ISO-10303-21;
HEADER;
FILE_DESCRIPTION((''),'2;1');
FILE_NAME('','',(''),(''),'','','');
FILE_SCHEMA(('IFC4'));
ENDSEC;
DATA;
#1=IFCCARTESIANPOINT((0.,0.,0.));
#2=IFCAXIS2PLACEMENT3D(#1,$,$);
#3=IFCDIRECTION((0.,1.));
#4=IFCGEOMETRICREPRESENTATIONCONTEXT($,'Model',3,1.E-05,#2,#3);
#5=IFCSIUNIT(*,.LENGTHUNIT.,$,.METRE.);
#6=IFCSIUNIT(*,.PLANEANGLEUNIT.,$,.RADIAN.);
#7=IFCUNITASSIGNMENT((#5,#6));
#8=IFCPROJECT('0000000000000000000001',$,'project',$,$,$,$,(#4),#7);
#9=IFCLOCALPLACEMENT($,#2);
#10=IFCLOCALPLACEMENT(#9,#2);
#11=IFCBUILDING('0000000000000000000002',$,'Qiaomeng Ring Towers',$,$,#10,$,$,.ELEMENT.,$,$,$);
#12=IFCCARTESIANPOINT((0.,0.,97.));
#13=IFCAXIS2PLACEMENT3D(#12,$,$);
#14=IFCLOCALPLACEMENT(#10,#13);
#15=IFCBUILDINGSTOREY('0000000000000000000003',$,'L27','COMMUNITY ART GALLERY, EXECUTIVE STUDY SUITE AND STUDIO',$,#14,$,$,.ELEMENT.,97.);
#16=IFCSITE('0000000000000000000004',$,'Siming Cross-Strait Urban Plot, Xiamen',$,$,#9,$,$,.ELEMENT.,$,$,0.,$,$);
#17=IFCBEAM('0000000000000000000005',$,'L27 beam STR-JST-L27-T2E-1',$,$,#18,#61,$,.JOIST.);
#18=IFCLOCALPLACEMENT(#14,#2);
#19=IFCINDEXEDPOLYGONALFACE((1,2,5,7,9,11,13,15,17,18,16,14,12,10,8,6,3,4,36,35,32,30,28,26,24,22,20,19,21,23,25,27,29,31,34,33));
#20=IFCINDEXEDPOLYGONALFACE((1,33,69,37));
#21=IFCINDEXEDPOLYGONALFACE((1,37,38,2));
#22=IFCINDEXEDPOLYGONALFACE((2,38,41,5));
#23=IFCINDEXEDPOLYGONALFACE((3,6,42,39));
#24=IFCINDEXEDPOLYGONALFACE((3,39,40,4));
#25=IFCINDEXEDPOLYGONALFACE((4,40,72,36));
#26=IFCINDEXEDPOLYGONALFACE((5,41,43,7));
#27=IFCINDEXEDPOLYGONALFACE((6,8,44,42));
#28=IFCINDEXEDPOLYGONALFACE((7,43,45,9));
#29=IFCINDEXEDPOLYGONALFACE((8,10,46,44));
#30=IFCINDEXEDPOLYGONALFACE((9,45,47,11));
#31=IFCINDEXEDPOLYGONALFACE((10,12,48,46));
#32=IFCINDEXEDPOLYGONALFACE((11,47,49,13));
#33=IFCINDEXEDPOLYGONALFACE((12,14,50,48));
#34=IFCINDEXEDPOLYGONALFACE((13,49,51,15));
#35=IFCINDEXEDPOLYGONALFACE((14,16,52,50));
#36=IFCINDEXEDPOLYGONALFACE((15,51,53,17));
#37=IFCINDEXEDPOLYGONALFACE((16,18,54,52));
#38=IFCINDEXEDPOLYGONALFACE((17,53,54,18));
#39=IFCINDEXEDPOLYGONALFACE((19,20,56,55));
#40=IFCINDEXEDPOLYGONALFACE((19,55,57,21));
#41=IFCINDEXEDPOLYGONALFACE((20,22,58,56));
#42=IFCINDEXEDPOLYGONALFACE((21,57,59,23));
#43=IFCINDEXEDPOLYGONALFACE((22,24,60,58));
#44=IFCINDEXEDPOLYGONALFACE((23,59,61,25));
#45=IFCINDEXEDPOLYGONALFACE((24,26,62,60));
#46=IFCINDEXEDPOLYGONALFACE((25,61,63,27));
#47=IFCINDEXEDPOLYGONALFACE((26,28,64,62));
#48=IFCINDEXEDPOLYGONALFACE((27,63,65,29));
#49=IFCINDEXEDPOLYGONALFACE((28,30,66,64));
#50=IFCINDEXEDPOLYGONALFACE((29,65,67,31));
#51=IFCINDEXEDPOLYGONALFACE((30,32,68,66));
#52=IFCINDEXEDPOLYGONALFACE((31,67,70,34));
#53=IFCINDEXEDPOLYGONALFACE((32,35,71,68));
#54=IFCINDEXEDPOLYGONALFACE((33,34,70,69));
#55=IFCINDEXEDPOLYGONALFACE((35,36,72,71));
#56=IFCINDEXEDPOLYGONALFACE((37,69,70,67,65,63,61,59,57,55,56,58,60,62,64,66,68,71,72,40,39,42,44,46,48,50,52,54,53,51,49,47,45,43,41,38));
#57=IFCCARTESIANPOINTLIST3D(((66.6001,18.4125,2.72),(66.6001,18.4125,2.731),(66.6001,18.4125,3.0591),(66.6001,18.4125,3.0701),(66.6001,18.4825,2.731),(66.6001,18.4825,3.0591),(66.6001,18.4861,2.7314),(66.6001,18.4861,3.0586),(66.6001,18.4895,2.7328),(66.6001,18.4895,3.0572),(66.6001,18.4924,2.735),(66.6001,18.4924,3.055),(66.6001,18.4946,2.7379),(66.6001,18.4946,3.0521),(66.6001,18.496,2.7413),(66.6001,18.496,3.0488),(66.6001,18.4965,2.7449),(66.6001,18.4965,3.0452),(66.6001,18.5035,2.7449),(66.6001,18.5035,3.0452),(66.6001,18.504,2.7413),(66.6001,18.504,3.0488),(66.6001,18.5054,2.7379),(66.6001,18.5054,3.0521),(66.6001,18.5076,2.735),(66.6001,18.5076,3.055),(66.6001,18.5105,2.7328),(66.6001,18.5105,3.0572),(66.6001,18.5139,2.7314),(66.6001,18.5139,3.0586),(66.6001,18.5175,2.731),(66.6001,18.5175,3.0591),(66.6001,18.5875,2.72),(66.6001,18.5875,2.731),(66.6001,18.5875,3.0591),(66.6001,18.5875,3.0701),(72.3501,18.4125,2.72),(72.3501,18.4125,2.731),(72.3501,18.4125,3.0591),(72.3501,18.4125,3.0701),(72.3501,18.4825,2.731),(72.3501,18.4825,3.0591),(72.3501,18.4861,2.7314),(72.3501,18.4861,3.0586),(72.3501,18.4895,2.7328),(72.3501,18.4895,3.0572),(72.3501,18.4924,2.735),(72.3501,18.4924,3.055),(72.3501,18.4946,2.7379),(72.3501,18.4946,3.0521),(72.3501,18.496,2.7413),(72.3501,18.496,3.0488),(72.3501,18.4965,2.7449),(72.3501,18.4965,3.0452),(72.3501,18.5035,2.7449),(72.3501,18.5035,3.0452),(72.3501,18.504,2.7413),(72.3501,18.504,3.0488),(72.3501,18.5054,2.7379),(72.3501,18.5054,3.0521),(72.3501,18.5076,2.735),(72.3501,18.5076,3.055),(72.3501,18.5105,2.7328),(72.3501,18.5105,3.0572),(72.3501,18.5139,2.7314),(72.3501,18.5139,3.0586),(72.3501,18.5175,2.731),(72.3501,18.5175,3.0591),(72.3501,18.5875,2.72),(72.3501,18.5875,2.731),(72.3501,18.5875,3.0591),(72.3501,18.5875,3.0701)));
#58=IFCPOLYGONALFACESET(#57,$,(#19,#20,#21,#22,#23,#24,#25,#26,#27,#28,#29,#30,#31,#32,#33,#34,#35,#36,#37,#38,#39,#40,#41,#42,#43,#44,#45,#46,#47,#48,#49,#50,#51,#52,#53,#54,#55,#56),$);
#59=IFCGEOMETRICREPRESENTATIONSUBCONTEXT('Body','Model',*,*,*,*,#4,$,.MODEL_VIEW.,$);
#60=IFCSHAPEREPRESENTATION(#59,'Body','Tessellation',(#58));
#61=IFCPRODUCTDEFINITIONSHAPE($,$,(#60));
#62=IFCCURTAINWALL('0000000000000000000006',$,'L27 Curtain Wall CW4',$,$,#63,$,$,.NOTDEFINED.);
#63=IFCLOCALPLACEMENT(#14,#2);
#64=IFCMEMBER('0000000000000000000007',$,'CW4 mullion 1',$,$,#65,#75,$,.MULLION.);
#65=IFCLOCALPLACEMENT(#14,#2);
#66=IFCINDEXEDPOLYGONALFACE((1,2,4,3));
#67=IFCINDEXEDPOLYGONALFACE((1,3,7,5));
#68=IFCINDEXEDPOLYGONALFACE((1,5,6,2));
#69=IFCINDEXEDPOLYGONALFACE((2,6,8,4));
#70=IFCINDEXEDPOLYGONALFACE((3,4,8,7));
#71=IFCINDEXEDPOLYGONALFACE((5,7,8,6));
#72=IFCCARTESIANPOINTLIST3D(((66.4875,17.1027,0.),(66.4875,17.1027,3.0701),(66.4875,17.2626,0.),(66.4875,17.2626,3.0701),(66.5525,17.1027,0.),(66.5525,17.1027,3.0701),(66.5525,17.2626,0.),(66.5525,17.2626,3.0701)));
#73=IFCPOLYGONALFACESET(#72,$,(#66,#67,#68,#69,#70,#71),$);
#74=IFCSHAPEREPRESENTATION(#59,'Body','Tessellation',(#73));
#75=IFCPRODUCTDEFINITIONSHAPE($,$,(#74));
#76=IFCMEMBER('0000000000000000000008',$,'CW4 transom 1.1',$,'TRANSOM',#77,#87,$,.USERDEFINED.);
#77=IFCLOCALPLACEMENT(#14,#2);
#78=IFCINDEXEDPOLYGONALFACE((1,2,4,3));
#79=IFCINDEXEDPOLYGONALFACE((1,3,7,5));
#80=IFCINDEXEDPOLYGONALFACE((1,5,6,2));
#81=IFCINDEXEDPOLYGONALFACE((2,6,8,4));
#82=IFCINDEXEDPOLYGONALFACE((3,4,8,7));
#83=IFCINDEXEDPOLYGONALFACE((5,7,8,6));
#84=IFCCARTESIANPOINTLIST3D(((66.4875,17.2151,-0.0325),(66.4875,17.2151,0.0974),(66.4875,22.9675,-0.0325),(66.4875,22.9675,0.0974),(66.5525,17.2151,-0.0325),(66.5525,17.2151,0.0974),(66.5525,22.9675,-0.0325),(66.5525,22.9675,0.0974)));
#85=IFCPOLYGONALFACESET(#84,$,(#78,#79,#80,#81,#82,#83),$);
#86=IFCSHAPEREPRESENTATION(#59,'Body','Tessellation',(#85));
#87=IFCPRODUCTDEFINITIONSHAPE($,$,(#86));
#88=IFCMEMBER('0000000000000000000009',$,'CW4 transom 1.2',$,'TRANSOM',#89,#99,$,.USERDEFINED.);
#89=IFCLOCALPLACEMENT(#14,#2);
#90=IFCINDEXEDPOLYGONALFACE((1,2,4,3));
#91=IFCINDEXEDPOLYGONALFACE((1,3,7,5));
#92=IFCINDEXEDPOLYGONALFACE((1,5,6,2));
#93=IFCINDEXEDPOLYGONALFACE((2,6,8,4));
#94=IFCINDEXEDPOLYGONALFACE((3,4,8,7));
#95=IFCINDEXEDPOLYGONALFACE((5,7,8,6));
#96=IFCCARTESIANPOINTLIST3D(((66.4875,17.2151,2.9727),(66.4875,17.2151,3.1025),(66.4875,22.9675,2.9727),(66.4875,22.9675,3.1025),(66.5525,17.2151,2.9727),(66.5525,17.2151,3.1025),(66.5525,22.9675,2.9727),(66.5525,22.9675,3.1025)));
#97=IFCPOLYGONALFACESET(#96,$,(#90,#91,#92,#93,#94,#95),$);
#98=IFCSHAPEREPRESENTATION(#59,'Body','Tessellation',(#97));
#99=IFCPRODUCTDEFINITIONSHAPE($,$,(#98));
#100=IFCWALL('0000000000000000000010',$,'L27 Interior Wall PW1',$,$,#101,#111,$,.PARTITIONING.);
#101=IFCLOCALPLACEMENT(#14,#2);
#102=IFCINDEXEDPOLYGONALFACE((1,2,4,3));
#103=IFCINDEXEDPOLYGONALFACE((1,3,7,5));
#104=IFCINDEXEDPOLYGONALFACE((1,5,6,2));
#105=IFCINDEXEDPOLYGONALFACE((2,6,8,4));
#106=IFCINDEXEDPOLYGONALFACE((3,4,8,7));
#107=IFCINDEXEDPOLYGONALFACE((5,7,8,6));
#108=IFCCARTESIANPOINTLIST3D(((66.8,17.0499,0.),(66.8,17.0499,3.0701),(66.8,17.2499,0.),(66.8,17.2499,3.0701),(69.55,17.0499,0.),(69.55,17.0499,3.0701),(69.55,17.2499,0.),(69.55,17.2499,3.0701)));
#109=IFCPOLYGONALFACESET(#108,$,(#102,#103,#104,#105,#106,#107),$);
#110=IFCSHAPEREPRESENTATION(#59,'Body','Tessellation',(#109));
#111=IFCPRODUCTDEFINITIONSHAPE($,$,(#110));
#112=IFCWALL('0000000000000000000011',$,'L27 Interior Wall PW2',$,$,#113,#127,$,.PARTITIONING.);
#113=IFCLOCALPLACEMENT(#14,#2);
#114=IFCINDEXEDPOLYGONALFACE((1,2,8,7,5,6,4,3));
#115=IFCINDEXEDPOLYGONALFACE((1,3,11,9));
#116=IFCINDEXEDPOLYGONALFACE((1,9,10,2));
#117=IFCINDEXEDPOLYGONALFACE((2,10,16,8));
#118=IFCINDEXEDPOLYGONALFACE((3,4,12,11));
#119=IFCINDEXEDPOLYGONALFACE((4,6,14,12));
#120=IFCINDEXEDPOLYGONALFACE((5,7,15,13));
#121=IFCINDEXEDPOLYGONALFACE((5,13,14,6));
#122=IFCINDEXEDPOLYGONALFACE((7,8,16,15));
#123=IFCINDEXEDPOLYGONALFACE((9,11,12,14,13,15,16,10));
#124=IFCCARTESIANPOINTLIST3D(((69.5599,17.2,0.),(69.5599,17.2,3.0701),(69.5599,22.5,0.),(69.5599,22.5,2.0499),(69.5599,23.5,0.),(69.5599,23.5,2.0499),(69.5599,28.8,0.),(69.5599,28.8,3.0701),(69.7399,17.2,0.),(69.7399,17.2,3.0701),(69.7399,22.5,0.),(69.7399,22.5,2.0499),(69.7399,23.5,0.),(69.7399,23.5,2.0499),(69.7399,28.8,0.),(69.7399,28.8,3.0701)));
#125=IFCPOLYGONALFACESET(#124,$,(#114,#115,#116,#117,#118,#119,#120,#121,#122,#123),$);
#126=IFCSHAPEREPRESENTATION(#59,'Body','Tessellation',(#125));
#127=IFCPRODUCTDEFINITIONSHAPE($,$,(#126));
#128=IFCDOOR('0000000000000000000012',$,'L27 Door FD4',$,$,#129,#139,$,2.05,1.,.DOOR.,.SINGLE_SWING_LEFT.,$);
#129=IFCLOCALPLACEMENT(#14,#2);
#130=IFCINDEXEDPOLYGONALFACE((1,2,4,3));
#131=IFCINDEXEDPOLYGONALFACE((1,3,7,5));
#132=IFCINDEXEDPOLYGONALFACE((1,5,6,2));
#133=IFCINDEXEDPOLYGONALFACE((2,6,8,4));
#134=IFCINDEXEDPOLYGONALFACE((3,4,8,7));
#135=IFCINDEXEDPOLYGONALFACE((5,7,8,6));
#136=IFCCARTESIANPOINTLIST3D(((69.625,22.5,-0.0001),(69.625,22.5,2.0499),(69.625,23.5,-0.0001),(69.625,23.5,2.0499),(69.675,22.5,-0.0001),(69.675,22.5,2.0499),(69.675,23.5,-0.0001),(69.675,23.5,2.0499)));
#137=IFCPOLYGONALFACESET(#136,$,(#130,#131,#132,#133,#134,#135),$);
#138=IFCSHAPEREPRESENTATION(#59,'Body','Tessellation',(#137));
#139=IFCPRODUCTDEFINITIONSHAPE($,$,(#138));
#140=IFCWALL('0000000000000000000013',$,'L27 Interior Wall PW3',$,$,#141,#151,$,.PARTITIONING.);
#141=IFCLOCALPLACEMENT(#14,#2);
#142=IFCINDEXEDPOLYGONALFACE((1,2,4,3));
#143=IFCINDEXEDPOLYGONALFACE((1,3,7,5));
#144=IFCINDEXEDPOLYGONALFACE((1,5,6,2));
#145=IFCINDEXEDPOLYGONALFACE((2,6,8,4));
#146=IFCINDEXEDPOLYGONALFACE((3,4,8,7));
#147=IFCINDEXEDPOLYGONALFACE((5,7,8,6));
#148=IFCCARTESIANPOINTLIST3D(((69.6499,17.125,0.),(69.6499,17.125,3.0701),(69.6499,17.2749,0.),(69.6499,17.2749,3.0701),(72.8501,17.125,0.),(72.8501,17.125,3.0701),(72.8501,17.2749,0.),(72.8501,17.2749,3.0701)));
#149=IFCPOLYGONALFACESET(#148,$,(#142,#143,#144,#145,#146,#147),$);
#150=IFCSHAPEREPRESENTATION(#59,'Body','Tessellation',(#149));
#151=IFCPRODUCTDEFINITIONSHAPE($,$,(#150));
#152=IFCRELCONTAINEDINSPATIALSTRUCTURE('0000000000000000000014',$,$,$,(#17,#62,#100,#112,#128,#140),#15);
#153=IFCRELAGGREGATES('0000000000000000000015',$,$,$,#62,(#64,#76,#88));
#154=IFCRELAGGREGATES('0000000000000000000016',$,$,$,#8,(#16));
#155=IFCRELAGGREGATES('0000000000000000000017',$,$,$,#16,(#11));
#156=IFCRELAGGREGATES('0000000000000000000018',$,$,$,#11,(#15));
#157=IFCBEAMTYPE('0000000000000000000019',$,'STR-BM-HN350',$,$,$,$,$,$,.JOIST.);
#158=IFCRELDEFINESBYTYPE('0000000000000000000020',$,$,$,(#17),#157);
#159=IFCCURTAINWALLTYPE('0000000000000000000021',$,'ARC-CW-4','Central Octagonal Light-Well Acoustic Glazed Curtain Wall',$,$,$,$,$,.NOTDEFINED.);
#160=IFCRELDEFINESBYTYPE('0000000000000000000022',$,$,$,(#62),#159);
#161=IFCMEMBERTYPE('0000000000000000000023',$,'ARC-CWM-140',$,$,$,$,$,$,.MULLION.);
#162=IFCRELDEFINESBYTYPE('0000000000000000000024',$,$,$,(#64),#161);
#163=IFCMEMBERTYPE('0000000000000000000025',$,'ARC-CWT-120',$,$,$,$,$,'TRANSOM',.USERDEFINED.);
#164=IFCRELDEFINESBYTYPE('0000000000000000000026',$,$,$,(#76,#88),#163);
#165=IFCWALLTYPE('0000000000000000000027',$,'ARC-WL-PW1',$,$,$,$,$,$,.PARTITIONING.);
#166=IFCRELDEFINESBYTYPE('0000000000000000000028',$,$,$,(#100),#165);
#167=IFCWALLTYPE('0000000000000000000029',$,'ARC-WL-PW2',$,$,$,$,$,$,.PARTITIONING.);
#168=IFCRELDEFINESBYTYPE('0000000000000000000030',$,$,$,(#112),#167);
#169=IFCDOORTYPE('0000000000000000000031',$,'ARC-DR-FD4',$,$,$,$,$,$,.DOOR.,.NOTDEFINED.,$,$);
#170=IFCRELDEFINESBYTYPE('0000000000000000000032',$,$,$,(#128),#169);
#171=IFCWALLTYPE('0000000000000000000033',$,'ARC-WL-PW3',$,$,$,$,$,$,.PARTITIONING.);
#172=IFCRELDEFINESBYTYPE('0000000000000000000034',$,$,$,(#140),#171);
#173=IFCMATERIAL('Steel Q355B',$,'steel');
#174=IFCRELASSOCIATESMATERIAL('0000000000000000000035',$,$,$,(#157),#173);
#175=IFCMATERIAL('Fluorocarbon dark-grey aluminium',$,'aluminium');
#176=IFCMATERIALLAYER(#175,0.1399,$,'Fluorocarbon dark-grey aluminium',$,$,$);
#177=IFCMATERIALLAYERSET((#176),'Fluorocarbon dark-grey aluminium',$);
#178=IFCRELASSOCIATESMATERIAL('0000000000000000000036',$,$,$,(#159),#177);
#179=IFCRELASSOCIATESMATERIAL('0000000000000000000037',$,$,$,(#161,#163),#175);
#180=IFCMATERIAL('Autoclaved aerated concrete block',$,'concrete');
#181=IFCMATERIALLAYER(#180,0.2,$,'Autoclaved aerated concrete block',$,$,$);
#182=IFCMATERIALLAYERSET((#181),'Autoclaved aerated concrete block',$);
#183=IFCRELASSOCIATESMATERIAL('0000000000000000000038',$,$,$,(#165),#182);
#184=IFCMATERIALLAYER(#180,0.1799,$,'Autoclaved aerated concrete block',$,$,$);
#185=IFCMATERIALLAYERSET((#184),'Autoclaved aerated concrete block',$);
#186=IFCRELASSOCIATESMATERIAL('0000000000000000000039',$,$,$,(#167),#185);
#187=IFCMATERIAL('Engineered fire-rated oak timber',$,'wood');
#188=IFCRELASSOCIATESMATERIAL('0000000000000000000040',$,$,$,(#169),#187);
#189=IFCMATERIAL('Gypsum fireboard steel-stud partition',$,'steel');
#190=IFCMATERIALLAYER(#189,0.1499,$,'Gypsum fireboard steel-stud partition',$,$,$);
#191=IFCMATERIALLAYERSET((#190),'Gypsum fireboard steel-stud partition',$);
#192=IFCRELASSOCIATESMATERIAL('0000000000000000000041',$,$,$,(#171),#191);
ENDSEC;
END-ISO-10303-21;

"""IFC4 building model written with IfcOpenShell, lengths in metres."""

from ifc_helpers import new_model, si_unit, direction, frame, frame_2d, origin, origin_2d, place, context, subcontext, project, spatial, rectangle, i_section, extrude, source, transform, mapped, material, layer, layer_set, material_profile, profile_set, type_object, element, fill, aggregate, save


model = new_model("IFC4")

# Units and contexts
model_context = context("Model", 3, precision=1e-05, world=origin(), true_north=direction((0.0, 1.0)))
body_context = subcontext(model_context, "Body", "Model", "MODEL_VIEW")
ifc_project = project(units=[si_unit("LENGTHUNIT", "METRE"), si_unit("PLANEANGLEUNIT", "RADIAN")], contexts=[model_context])

# Site, building, storey
site_placement = place(None, origin())
site = spatial("IfcSite", under=ifc_project, at=site_placement, Name="Siming Cross-Strait Urban Plot, Xiamen", CompositionType="ELEMENT", RefElevation=0.0)
building_placement = place(site_placement, origin())
building = spatial("IfcBuilding", under=site, at=building_placement, Name="Qiaomeng Ring Towers", CompositionType="ELEMENT")
storey_placement = place(building_placement, frame((0.0, 0.0, 97.0)))
storey = spatial("IfcBuildingStorey", under=building, at=storey_placement, Name="L27", Description="COMMUNITY ART GALLERY, EXECUTIVE STUDY SUITE AND STUDIO", CompositionType="ELEMENT", Elevation=97.0)

# Beam
ifc_material_1 = material(Name="Steel Q355B", Category="steel")
ifc_material_profile_1 = material_profile(ifc_material_1, i_section(OverallWidth=0.175, OverallDepth=0.3501, WebThickness=0.0071, FlangeThickness=0.011, FilletRadius=0.0139, at=origin_2d()), Name="HN 350x175x7x11")
ifc_profile_set_1 = profile_set([ifc_material_profile_1], Name="Steel Q355B")
beam_type_1 = type_object("IfcBeamType", Name="STR-BM-HN350", PredefinedType="JOIST", material=ifc_profile_set_1)
shared_shape_1 = source(origin(), body_context, "Body", "SweptSolid", [
    extrude(i_section(OverallWidth=0.175, OverallDepth=0.3501, WebThickness=0.0071, FlangeThickness=0.011, FilletRadius=0.0139, at=origin_2d()), origin(), (0.0, 0.0, 1.0), 5.75),
])
beam_1_placement = place(storey_placement, frame((66.6001, 18.5, 2.895), z_axis=(1.0, 0.0, 0.0), x_axis=(0.0, 1.0, 0.0)))
element("IfcBeam", 1, at=beam_1_placement, inside=storey, type_object=beam_type_1, Name="L27 beam STR-JST-L27-T2E-1", PredefinedType="JOIST", context=body_context, shape_type="MappedRepresentation", body=[
    mapped(shared_shape_1, transform((0.0, 0.0, 0.0), x_axis=(1.0, 0.0, 0.0), y_axis=(0.0, 1.0, 0.0), z_axis=(0.0, 0.0, 1.0), scale=1.0)),
])

# Curtain wall, members
ifc_material_2 = material(Name="Fluorocarbon dark-grey aluminium", Category="aluminium")
ifc_layer_1 = layer(ifc_material_2, 0.1399, Name="Fluorocarbon dark-grey aluminium")
ifc_layer_set_1 = layer_set([ifc_layer_1], Name="Fluorocarbon dark-grey aluminium")
curtain_wall_type = type_object("IfcCurtainWallType", Name="ARC-CW-4", Description="Central Octagonal Light-Well Acoustic Glazed Curtain Wall", PredefinedType="NOTDEFINED", material=ifc_layer_set_1)
curtain_wall_placement = place(storey_placement, origin())
curtain_wall = element("IfcCurtainWall", 2, at=curtain_wall_placement, inside=storey, type_object=curtain_wall_type, Name="L27 Curtain Wall CW4", PredefinedType="NOTDEFINED")
ifc_material_profile_2 = material_profile(ifc_material_2, rectangle(XDim=0.0649, YDim=0.1599, at=origin_2d()), Name="ALU MULL 65x160")
ifc_profile_set_2 = profile_set([ifc_material_profile_2], Name="Fluorocarbon dark-grey aluminium")
member_type_1 = type_object("IfcMemberType", Name="ARC-CWM-140", PredefinedType="MULLION", material=ifc_profile_set_2)
shared_shape_2 = source(origin(), body_context, "Body", "SweptSolid", [
    extrude(rectangle(XDim=0.0649, YDim=0.1599, at=origin_2d()), origin(), (0.0, 0.0, 1.0), 3.0701),
])
member_1_placement = place(storey_placement, frame((66.52, 17.1826, 0.0), z_axis=(0.0, 0.0, 1.0), x_axis=(-1.0, 0.0, 0.0)))
member_1 = element("IfcMember", 3, at=member_1_placement, type_object=member_type_1, Name="CW4 mullion 1", PredefinedType="MULLION", context=body_context, shape_type="MappedRepresentation", body=[
    mapped(shared_shape_2, transform((0.0, 0.0, 0.0), x_axis=(1.0, 0.0, 0.0), y_axis=(0.0, 1.0, 0.0), z_axis=(0.0, 0.0, 1.0), scale=1.0)),
])
ifc_material_profile_3 = material_profile(ifc_material_2, rectangle(XDim=0.0649, YDim=0.1299, at=origin_2d()), Name="ALU TRAN 65x130")
ifc_profile_set_3 = profile_set([ifc_material_profile_3], Name="Fluorocarbon dark-grey aluminium")
member_type_2 = type_object("IfcMemberType", Name="ARC-CWT-120", ElementType="TRANSOM", PredefinedType="USERDEFINED", material=ifc_profile_set_3)
shared_shape_3 = source(origin(), body_context, "Body", "SweptSolid", [
    extrude(rectangle(XDim=0.0649, YDim=0.1299, at=origin_2d()), origin(), (0.0, 0.0, 1.0), 5.7524),
])
member_2_placement = place(storey_placement, frame((66.52, 17.2151, 0.0325), z_axis=(0.0, 1.0, 0.0), x_axis=(-1.0, 0.0, 0.0)))
member_2 = element("IfcMember", 4, at=member_2_placement, type_object=member_type_2, Name="CW4 transom 1.1", ObjectType="TRANSOM", PredefinedType="USERDEFINED", context=body_context, shape_type="MappedRepresentation", body=[
    mapped(shared_shape_3, transform((0.0, 0.0, 0.0), x_axis=(1.0, 0.0, 0.0), y_axis=(0.0, 1.0, 0.0), z_axis=(0.0, 0.0, 1.0), scale=1.0)),
])
member_3_placement = place(storey_placement, frame((66.52, 17.2151, 3.0376), z_axis=(0.0, 1.0, 0.0), x_axis=(-1.0, 0.0, 0.0)))
member_3 = element("IfcMember", 5, at=member_3_placement, type_object=member_type_2, Name="CW4 transom 1.2", ObjectType="TRANSOM", PredefinedType="USERDEFINED", context=body_context, shape_type="MappedRepresentation", body=[
    mapped(shared_shape_3, transform((0.0, 0.0, 0.0), x_axis=(1.0, 0.0, 0.0), y_axis=(0.0, 1.0, 0.0), z_axis=(0.0, 0.0, 1.0), scale=1.0)),
])
aggregate(curtain_wall, [member_1, member_2, member_3])

# Wall
ifc_material_3 = material(Name="Autoclaved aerated concrete block", Category="concrete")
ifc_layer_2 = layer(ifc_material_3, 0.2, Name="Autoclaved aerated concrete block")
ifc_layer_set_2 = layer_set([ifc_layer_2], Name="Autoclaved aerated concrete block")
wall_type_1 = type_object("IfcWallType", Name="ARC-WL-PW1", PredefinedType="PARTITIONING", material=ifc_layer_set_2)
wall_1_placement = place(storey_placement, frame((66.8, 17.1499, 0.0), z_axis=(0.0, 0.0, 1.0), x_axis=(1.0, 0.0, 0.0)))
element("IfcWall", 6, at=wall_1_placement, inside=storey, type_object=wall_type_1, Name="L27 Interior Wall PW1", PredefinedType="PARTITIONING", context=body_context, shape_type="SweptSolid", body=[
    extrude(rectangle(XDim=2.75, YDim=0.2, at=frame_2d((1.375, 0.0))), origin(), (0.0, 0.0, 1.0), 3.0701),
])

# Wall, opening, door
ifc_layer_3 = layer(ifc_material_3, 0.1799, Name="Autoclaved aerated concrete block")
ifc_layer_set_3 = layer_set([ifc_layer_3], Name="Autoclaved aerated concrete block")
wall_type_2 = type_object("IfcWallType", Name="ARC-WL-PW2", PredefinedType="PARTITIONING", material=ifc_layer_set_3)
wall_2_placement = place(storey_placement, frame((69.6499, 17.2, 0.0), z_axis=(0.0, 0.0, 1.0), x_axis=(0.0, 1.0, 0.0)))
wall_2 = element("IfcWall", 7, at=wall_2_placement, inside=storey, type_object=wall_type_2, Name="L27 Interior Wall PW2", PredefinedType="PARTITIONING", context=body_context, shape_type="SweptSolid", body=[
    extrude(rectangle(XDim=11.6001, YDim=0.1799, at=frame_2d((5.8, 0.0))), origin(), (0.0, 0.0, 1.0), 3.0701),
])
opening_1_placement = place(wall_2_placement, frame((5.3, 0.0, 0.0)))
opening_1 = element("IfcOpeningElement", 8, at=opening_1_placement, cuts=wall_2, PredefinedType="OPENING", context=body_context, shape_type="SweptSolid", body=[
    extrude(rectangle(XDim=1.0, YDim=2.05, at=frame_2d((0.5, 1.0249))), frame((0.0, 0.0999, 0.0), z_axis=(0.0, -1.0, 0.0), x_axis=(1.0, 0.0, 0.0)), (0.0, 0.0, 1.0), 0.2),
])
ifc_material_4 = material(Name="Engineered fire-rated oak timber", Category="wood")
door_type_1 = type_object("IfcDoorType", Name="ARC-DR-FD4", OperationType="NOTDEFINED", PredefinedType="DOOR", material=ifc_material_4)
shared_shape_4 = source(origin(), body_context, "Body", "SweptSolid", [
    extrude(rectangle(XDim=1.0, YDim=2.05, at=frame_2d((0.5, 1.0249))), frame((0.0, 0.0249, 0.0), z_axis=(0.0, -1.0, 0.0), x_axis=(1.0, 0.0, 0.0)), (0.0, 0.0, 1.0), 0.05),
])
door_1_placement = place(opening_1_placement, origin())
door_1 = element("IfcDoor", 9, at=door_1_placement, inside=storey, type_object=door_type_1, Name="L27 Door FD4", OperationType="SINGLE_SWING_LEFT", OverallHeight=2.05, OverallWidth=1.0, PredefinedType="DOOR", context=body_context, shape_type="MappedRepresentation", body=[
    mapped(shared_shape_4, transform((0.0, 0.0, 0.0), x_axis=(1.0, 0.0, 0.0), y_axis=(0.0, 1.0, 0.0), z_axis=(0.0, 0.0, 1.0), scale=1.0)),
])
fill(opening_1, door_1)

# Wall
ifc_material_5 = material(Name="Gypsum fireboard steel-stud partition", Category="steel")
ifc_layer_4 = layer(ifc_material_5, 0.1499, Name="Gypsum fireboard steel-stud partition")
ifc_layer_set_4 = layer_set([ifc_layer_4], Name="Gypsum fireboard steel-stud partition")
wall_type_3 = type_object("IfcWallType", Name="ARC-WL-PW3", PredefinedType="PARTITIONING", material=ifc_layer_set_4)
wall_3_placement = place(storey_placement, frame((69.6499, 17.2, 0.0), z_axis=(0.0, 0.0, 1.0), x_axis=(1.0, 0.0, 0.0)))
element("IfcWall", 10, at=wall_3_placement, inside=storey, type_object=wall_type_3, Name="L27 Interior Wall PW3", PredefinedType="PARTITIONING", context=body_context, shape_type="SweptSolid", body=[
    extrude(rectangle(XDim=3.2002, YDim=0.1499, at=frame_2d((1.6001, 0.0))), origin(), (0.0, 0.0, 1.0), 3.0701),
])

save(model, "model.ifc")
